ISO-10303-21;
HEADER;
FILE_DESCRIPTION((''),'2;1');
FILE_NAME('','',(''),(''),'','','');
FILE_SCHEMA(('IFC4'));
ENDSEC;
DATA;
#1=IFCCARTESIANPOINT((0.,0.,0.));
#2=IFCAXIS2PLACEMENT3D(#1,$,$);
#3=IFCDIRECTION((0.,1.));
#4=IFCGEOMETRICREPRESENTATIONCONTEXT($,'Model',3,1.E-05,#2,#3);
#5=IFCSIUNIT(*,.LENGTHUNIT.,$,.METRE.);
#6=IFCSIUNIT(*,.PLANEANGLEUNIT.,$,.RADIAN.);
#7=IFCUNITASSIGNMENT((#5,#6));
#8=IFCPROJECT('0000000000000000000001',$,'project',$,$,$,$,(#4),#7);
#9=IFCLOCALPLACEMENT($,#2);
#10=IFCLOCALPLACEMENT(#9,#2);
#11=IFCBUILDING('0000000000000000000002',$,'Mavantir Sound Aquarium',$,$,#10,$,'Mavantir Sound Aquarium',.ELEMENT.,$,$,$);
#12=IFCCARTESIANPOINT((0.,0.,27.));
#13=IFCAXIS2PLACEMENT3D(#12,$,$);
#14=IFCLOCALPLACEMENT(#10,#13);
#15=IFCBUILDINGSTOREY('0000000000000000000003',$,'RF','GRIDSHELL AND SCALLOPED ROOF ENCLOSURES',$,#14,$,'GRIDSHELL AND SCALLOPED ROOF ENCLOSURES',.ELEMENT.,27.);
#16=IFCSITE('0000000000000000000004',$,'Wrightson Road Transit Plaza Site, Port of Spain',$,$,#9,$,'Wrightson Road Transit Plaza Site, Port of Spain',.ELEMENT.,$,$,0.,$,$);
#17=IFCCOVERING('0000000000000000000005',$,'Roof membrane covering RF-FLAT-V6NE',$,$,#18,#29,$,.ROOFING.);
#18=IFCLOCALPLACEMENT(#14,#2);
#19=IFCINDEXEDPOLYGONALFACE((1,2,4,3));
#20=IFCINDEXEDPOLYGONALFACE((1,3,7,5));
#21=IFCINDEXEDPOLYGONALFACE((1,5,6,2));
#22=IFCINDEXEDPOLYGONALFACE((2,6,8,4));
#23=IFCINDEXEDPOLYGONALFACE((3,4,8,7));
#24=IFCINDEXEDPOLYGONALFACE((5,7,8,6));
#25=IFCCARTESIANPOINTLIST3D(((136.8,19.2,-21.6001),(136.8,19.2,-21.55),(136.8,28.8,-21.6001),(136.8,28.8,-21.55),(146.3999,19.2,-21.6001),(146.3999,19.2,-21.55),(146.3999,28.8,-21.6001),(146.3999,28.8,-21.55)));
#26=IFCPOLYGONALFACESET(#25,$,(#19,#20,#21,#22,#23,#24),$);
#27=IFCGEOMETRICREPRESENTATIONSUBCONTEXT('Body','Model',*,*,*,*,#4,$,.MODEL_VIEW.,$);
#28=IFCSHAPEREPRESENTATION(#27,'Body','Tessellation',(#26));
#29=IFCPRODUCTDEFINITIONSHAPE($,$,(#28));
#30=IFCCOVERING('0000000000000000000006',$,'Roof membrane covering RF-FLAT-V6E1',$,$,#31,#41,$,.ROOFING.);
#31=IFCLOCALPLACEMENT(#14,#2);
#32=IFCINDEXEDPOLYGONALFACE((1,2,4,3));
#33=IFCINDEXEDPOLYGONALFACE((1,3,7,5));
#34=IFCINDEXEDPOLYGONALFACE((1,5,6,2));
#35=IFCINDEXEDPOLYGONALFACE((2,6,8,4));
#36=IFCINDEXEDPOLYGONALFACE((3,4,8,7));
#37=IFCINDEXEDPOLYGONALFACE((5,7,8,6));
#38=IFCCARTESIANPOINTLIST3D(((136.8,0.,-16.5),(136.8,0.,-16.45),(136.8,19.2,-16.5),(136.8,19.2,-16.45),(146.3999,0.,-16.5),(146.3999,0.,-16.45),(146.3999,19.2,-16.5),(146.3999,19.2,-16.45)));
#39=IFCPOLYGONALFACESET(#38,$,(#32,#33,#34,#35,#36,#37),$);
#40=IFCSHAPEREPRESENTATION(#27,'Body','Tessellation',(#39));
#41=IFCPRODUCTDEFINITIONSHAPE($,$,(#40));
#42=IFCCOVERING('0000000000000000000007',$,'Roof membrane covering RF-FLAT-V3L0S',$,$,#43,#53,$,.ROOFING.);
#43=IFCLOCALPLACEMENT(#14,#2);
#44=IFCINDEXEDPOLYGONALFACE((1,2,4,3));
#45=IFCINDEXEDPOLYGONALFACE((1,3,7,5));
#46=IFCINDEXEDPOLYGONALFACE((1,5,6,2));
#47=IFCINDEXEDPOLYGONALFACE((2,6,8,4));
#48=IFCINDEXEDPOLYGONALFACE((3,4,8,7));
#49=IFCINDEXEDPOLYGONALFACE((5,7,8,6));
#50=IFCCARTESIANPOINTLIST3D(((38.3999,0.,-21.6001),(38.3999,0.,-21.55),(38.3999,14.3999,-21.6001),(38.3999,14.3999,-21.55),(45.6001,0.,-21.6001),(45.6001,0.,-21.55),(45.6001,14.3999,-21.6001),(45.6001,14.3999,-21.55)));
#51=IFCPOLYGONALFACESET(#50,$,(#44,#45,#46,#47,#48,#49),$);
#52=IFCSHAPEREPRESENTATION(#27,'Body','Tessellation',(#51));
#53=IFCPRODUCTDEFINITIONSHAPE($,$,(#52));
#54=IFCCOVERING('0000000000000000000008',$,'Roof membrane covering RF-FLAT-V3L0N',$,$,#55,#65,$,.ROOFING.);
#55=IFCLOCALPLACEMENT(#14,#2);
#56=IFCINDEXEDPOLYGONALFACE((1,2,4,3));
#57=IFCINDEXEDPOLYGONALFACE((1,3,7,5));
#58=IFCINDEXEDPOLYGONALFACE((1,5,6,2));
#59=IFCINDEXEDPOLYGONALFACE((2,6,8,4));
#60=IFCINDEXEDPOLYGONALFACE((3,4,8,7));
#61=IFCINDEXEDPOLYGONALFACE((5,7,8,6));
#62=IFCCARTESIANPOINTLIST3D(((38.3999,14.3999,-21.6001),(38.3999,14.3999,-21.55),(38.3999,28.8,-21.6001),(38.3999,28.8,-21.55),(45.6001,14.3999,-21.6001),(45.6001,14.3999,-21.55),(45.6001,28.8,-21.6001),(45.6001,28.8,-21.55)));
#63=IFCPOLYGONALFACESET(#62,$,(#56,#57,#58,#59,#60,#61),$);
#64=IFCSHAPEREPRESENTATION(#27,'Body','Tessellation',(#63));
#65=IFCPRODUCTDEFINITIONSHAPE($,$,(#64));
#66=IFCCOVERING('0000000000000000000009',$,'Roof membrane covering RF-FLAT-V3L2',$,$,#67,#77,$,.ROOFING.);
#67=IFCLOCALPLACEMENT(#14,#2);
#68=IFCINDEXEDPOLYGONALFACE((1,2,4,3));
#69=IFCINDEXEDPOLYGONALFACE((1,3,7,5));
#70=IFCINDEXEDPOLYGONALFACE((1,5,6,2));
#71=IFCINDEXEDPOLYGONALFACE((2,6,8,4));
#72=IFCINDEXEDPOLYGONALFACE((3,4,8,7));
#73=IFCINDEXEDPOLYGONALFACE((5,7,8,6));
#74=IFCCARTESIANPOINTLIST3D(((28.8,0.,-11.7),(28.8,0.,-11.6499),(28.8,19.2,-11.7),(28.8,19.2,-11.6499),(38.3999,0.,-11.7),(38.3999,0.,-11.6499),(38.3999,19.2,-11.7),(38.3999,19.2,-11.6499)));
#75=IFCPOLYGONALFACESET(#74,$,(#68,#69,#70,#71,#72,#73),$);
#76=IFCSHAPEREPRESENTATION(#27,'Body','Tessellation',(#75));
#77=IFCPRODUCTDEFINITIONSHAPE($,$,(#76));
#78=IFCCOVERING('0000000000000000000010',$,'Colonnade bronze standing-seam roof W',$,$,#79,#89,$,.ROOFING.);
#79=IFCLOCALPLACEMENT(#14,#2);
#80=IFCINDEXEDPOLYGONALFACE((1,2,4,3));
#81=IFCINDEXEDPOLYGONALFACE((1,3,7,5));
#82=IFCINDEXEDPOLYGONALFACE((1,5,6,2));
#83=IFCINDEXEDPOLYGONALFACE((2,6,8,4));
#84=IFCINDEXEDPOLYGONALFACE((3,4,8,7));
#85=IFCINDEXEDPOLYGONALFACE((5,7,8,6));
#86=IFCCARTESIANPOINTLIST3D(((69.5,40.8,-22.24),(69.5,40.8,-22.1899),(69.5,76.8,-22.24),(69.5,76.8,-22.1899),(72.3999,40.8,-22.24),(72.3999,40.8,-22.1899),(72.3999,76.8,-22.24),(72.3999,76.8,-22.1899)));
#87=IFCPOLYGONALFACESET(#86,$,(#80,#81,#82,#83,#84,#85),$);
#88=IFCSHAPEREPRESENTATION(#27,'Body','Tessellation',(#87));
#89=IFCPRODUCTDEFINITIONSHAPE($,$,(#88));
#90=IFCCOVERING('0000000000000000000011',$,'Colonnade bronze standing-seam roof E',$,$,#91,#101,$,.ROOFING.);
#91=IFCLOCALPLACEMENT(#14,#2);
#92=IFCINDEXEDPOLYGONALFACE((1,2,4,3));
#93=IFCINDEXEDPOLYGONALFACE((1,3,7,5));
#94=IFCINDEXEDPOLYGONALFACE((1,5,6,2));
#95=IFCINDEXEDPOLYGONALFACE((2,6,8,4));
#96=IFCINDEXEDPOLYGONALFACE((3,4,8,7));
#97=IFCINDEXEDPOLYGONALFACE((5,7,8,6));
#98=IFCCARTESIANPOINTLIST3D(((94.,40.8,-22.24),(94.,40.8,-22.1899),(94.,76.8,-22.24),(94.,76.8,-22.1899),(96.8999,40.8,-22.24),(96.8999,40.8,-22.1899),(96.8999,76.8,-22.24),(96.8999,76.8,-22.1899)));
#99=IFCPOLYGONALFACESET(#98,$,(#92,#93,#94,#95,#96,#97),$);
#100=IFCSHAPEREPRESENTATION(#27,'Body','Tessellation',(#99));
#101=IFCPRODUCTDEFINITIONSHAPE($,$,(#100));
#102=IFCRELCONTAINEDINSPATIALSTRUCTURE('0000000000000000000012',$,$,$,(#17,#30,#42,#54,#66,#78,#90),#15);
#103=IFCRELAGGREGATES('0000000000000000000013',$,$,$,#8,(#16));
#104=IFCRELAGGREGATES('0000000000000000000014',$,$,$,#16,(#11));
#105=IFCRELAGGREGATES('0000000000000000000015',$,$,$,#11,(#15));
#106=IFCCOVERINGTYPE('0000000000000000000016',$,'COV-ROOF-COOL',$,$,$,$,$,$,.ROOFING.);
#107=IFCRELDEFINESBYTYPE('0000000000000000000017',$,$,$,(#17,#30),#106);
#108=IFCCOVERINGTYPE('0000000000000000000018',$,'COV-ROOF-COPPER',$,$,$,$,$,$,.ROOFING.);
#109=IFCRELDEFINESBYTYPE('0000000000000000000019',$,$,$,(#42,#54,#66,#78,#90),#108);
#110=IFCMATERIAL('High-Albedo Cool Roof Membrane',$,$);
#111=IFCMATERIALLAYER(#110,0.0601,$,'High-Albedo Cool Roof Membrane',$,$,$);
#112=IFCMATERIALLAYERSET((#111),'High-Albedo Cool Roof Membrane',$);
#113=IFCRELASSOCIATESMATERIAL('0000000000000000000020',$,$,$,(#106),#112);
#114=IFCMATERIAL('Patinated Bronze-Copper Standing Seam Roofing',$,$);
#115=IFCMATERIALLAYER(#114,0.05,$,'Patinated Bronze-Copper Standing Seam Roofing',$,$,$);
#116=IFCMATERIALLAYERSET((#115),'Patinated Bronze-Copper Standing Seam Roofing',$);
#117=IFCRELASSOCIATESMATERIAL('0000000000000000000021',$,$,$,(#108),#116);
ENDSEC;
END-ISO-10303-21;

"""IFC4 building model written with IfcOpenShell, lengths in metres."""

from ifc_helpers import new_model, si_unit, direction, frame, origin, place, context, subcontext, project, spatial, polyline, outline, extrude, material, layer, layer_set, type_object, element, save


model = new_model("IFC4")

# Units and contexts
model_context = context("Model", 3, precision=1e-05, world=origin(), true_north=direction((0.0, 1.0)))
body_context = subcontext(model_context, "Body", "Model", "MODEL_VIEW")
ifc_project = project(units=[si_unit("LENGTHUNIT", "METRE"), si_unit("PLANEANGLEUNIT", "RADIAN")], contexts=[model_context])

# Site, building, storey
site_placement = place(None, origin())
site = spatial("IfcSite", under=ifc_project, at=site_placement, Name="Wrightson Road Transit Plaza Site, Port of Spain", LongName="Wrightson Road Transit Plaza Site, Port of Spain", CompositionType="ELEMENT", RefElevation=0.0)
building_placement = place(site_placement, origin())
building = spatial("IfcBuilding", under=site, at=building_placement, Name="Mavantir Sound Aquarium", LongName="Mavantir Sound Aquarium", CompositionType="ELEMENT")
storey_placement = place(building_placement, frame((0.0, 0.0, 27.0)))
storey = spatial("IfcBuildingStorey", under=building, at=storey_placement, Name="RF", Description="GRIDSHELL AND SCALLOPED ROOF ENCLOSURES", LongName="GRIDSHELL AND SCALLOPED ROOF ENCLOSURES", CompositionType="ELEMENT", Elevation=27.0)

# Coverings
ifc_material_1 = material(Name="High-Albedo Cool Roof Membrane")
ifc_layer_1 = layer(ifc_material_1, 0.0601, Name="High-Albedo Cool Roof Membrane")
ifc_layer_set_1 = layer_set([ifc_layer_1], Name="High-Albedo Cool Roof Membrane")
covering_type_1 = type_object("IfcCoveringType", Name="COV-ROOF-COOL", PredefinedType="ROOFING", material=ifc_layer_set_1)
covering_1_placement = place(storey_placement, frame((0.0, 0.0, -21.6001)))
element("IfcCovering", 1, at=covering_1_placement, inside=storey, type_object=covering_type_1, Name="Roof membrane covering RF-FLAT-V6NE", PredefinedType="ROOFING", context=body_context, shape_type="SweptSolid", body=[
    extrude(outline(polyline([(136.8, 19.2), (146.3999, 19.2), (146.3999, 28.8), (136.8, 28.8), (136.8, 19.2)])), origin(), (0.0, 0.0, 1.0), 0.05),
])
covering_2_placement = place(storey_placement, frame((0.0, 0.0, -16.5)))
element("IfcCovering", 2, at=covering_2_placement, inside=storey, type_object=covering_type_1, Name="Roof membrane covering RF-FLAT-V6E1", PredefinedType="ROOFING", context=body_context, shape_type="SweptSolid", body=[
    extrude(outline(polyline([(136.8, 0.0), (146.3999, 0.0), (146.3999, 19.2), (136.8, 19.2), (136.8, 0.0)])), origin(), (0.0, 0.0, 1.0), 0.05),
])
ifc_material_2 = material(Name="Patinated Bronze-Copper Standing Seam Roofing")
ifc_layer_2 = layer(ifc_material_2, 0.05, Name="Patinated Bronze-Copper Standing Seam Roofing")
ifc_layer_set_2 = layer_set([ifc_layer_2], Name="Patinated Bronze-Copper Standing Seam Roofing")
covering_type_2 = type_object("IfcCoveringType", Name="COV-ROOF-COPPER", PredefinedType="ROOFING", material=ifc_layer_set_2)
covering_3_placement = place(storey_placement, frame((0.0, 0.0, -21.6001)))
element("IfcCovering", 3, at=covering_3_placement, inside=storey, type_object=covering_type_2, Name="Roof membrane covering RF-FLAT-V3L0S", PredefinedType="ROOFING", context=body_context, shape_type="SweptSolid", body=[
    extrude(outline(polyline([(38.3999, 0.0), (45.6001, 0.0), (45.6001, 14.3999), (38.3999, 14.3999), (38.3999, 0.0)])), origin(), (0.0, 0.0, 1.0), 0.05),
])
covering_4_placement = place(storey_placement, frame((0.0, 0.0, -21.6001)))
element("IfcCovering", 4, at=covering_4_placement, inside=storey, type_object=covering_type_2, Name="Roof membrane covering RF-FLAT-V3L0N", PredefinedType="ROOFING", context=body_context, shape_type="SweptSolid", body=[
    extrude(outline(polyline([(38.3999, 14.3999), (45.6001, 14.3999), (45.6001, 28.8), (38.3999, 28.8), (38.3999, 14.3999)])), origin(), (0.0, 0.0, 1.0), 0.05),
])
covering_5_placement = place(storey_placement, frame((0.0, 0.0, -11.7)))
element("IfcCovering", 5, at=covering_5_placement, inside=storey, type_object=covering_type_2, Name="Roof membrane covering RF-FLAT-V3L2", PredefinedType="ROOFING", context=body_context, shape_type="SweptSolid", body=[
    extrude(outline(polyline([(28.8, 0.0), (38.3999, 0.0), (38.3999, 19.2), (28.8, 19.2), (28.8, 0.0)])), origin(), (0.0, 0.0, 1.0), 0.05),
])
covering_6_placement = place(storey_placement, frame((0.0, 0.0, -22.24)))
element("IfcCovering", 6, at=covering_6_placement, inside=storey, type_object=covering_type_2, Name="Colonnade bronze standing-seam roof W", PredefinedType="ROOFING", context=body_context, shape_type="SweptSolid", body=[
    extrude(outline(polyline([(69.5, 40.8), (72.3999, 40.8), (72.3999, 76.8), (69.5, 76.8), (69.5, 40.8)])), origin(), (0.0, 0.0, 1.0), 0.05),
])
covering_7_placement = place(storey_placement, frame((0.0, 0.0, -22.24)))
element("IfcCovering", 7, at=covering_7_placement, inside=storey, type_object=covering_type_2, Name="Colonnade bronze standing-seam roof E", PredefinedType="ROOFING", context=body_context, shape_type="SweptSolid", body=[
    extrude(outline(polyline([(94.0, 40.8), (96.8999, 40.8), (96.8999, 76.8), (94.0, 76.8), (94.0, 40.8)])), origin(), (0.0, 0.0, 1.0), 0.05),
])

save(model, "model.ifc")
